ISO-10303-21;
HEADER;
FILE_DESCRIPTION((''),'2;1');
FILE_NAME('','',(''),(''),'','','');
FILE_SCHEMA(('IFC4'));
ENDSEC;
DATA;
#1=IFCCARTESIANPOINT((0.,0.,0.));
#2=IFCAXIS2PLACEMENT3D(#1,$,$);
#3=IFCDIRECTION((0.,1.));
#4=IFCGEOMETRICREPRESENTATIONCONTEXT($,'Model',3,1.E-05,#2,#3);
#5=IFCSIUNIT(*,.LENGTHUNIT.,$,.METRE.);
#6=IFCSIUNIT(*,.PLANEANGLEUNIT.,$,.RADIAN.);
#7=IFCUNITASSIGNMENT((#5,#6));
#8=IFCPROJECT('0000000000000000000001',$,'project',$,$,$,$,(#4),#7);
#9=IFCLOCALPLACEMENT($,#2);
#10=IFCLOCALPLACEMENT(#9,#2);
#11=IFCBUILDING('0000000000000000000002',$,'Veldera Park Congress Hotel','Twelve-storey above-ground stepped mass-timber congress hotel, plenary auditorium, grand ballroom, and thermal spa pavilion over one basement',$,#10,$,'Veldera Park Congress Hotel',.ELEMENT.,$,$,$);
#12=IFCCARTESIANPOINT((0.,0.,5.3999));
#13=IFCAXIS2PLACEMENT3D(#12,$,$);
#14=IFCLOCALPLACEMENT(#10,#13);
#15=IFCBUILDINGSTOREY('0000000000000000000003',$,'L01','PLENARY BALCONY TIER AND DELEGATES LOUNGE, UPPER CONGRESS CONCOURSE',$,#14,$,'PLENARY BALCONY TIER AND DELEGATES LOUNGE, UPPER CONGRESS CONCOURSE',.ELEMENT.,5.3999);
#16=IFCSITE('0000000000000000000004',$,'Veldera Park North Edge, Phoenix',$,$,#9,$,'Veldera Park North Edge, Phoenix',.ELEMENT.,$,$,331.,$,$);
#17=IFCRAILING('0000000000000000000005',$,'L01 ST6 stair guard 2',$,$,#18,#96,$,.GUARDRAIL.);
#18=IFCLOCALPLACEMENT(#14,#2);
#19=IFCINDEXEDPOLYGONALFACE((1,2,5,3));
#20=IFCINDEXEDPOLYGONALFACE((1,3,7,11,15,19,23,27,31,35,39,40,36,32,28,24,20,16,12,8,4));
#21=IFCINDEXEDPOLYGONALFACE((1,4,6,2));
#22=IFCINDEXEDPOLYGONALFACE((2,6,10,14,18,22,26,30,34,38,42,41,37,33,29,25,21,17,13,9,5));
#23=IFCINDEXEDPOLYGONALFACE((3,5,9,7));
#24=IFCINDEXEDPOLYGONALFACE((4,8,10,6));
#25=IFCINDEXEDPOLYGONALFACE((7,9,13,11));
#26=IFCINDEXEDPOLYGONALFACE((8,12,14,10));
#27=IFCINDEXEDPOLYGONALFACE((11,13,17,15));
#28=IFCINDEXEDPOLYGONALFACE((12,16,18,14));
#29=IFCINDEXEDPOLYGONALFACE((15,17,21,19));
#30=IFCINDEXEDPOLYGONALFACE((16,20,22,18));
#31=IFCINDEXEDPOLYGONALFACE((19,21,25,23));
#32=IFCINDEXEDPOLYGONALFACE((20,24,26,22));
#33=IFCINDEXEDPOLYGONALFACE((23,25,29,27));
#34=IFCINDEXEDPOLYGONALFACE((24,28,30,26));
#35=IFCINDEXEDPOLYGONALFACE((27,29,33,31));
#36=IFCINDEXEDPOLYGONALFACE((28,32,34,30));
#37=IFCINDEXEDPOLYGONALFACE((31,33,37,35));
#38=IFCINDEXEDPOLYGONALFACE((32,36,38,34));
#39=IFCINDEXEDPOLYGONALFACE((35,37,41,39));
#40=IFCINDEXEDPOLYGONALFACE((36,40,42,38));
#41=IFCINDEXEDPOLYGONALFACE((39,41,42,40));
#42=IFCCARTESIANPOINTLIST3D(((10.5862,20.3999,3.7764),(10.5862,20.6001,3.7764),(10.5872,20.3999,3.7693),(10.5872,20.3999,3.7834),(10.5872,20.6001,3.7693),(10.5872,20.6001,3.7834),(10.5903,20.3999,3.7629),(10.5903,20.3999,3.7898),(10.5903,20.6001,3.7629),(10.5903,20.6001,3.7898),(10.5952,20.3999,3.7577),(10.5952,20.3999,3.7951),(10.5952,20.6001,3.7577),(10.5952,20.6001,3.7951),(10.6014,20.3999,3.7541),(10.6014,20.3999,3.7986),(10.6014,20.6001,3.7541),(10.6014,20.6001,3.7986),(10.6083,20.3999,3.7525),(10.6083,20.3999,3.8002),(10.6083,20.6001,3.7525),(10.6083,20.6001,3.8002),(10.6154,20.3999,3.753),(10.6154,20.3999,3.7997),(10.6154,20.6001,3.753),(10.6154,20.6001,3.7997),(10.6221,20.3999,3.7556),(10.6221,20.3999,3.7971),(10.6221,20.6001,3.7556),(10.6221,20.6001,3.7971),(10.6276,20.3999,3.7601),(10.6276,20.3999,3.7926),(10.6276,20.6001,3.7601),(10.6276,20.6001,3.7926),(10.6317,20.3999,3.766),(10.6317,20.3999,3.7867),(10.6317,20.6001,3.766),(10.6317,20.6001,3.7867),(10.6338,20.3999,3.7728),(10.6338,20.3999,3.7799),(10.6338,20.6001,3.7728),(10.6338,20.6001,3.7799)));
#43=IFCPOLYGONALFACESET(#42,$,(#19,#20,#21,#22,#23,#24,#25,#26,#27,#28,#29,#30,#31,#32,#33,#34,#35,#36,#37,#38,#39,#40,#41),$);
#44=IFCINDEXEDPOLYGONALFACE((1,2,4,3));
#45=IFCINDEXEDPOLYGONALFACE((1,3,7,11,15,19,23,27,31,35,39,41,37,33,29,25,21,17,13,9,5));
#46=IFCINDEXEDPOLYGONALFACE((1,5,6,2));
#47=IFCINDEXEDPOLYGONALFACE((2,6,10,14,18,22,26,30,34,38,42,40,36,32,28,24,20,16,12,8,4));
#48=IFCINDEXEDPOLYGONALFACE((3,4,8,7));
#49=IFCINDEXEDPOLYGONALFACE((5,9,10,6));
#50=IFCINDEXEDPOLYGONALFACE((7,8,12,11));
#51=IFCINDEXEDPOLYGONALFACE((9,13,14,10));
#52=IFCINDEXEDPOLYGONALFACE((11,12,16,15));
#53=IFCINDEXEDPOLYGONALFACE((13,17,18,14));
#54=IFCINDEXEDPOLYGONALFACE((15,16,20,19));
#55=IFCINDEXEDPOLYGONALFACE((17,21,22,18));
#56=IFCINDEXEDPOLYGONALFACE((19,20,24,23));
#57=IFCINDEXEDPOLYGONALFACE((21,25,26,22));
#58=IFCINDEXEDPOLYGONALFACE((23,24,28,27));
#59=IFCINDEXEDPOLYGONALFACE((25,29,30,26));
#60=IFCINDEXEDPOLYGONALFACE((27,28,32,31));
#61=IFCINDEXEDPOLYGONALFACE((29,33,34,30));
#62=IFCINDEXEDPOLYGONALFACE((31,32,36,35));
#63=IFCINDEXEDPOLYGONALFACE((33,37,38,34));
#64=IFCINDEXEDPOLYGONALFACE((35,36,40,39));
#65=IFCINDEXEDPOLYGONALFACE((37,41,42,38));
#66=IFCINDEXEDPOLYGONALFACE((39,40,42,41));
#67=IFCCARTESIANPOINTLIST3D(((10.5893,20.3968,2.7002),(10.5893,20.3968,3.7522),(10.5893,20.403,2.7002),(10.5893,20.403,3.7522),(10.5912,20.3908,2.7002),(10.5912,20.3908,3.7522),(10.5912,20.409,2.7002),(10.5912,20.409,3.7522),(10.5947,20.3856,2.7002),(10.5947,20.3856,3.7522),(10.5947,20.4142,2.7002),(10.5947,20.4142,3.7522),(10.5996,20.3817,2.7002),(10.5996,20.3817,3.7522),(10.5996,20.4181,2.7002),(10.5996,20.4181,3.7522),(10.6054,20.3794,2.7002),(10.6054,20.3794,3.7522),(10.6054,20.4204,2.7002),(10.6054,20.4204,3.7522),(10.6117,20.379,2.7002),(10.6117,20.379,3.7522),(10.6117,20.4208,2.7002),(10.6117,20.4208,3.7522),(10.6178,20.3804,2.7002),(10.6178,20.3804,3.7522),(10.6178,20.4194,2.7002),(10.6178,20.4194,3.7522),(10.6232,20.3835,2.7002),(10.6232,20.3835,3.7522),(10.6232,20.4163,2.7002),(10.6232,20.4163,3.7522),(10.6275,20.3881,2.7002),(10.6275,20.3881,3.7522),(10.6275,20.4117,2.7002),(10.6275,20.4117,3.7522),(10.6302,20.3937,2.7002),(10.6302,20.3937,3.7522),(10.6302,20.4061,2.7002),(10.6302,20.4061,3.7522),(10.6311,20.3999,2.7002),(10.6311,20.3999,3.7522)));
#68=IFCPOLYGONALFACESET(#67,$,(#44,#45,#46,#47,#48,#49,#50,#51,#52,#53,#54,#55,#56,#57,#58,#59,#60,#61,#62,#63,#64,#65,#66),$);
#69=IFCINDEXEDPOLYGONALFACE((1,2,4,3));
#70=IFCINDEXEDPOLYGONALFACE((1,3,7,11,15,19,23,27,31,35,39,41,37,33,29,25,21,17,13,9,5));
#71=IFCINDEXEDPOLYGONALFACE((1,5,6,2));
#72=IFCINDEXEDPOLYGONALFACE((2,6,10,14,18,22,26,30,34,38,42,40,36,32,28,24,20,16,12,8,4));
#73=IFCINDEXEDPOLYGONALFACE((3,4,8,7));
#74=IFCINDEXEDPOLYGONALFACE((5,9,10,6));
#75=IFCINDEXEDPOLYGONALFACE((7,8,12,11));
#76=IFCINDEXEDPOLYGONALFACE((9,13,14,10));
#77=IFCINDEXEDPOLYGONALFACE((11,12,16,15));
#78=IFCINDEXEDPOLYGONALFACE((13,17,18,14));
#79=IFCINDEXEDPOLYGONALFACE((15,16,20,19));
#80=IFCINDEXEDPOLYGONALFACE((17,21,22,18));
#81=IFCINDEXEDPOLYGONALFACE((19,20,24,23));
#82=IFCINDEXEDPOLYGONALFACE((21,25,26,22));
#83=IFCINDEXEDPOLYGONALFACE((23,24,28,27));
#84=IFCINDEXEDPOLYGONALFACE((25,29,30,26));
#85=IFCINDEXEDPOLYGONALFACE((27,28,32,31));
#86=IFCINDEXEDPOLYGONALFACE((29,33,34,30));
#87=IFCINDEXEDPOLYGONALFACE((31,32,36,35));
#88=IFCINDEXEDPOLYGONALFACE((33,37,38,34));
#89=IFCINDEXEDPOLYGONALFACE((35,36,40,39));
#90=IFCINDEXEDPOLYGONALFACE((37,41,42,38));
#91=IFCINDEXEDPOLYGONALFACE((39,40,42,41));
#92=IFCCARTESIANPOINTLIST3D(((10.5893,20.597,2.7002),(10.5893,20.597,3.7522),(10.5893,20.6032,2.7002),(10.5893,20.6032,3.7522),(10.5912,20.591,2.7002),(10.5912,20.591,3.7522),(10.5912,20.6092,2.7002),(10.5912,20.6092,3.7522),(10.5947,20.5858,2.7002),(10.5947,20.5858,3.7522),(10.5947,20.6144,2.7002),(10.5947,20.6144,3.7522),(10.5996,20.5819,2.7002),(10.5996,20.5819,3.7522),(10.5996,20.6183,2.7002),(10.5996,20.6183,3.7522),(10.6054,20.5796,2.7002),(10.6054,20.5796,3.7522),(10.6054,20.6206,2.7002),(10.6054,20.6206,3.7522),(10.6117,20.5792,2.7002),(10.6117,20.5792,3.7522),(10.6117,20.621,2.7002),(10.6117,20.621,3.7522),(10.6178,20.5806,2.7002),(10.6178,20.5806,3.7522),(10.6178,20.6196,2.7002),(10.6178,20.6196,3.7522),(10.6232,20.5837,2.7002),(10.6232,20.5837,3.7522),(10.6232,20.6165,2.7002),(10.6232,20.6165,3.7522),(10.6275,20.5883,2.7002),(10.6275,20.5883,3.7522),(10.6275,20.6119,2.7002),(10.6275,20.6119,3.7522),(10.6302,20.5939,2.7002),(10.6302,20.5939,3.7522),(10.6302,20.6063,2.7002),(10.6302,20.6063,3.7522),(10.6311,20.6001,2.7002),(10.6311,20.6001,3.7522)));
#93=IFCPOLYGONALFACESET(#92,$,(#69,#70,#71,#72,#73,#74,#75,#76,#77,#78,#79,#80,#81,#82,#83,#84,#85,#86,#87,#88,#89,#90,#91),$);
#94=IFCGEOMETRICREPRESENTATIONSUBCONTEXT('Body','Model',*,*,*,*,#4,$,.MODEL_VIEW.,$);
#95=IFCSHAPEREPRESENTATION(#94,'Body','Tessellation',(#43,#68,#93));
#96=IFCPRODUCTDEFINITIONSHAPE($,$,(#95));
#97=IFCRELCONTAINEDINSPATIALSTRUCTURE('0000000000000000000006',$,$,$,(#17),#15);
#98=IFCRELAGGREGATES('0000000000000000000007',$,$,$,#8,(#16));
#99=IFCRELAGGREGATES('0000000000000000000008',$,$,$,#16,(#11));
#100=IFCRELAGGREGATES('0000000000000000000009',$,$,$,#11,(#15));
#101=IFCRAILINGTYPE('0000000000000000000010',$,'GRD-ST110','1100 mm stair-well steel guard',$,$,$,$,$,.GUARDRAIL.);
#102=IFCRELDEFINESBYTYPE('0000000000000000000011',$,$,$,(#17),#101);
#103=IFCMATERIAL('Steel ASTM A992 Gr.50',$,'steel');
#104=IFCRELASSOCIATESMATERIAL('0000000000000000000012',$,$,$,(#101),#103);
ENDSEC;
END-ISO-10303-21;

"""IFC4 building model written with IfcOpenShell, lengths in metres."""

from ifc_helpers import new_model, si_unit, direction, frame, origin, origin_2d, place, context, subcontext, project, spatial, circle, extrude, material, type_object, element, save


model = new_model("IFC4")

# Units and contexts
model_context = context("Model", 3, precision=1e-05, world=origin(), true_north=direction((0.0, 1.0)))
body_context = subcontext(model_context, "Body", "Model", "MODEL_VIEW")
ifc_project = project(units=[si_unit("LENGTHUNIT", "METRE"), si_unit("PLANEANGLEUNIT", "RADIAN")], contexts=[model_context])

# Site, building, storey
site_placement = place(None, origin())
site = spatial("IfcSite", under=ifc_project, at=site_placement, Name="Veldera Park North Edge, Phoenix", LongName="Veldera Park North Edge, Phoenix", CompositionType="ELEMENT", RefElevation=331.0)
building_placement = place(site_placement, origin())
building = spatial("IfcBuilding", under=site, at=building_placement, Name="Veldera Park Congress Hotel", Description="Twelve-storey above-ground stepped mass-timber congress hotel, plenary auditorium, grand ballroom, and thermal spa pavilion over one basement", LongName="Veldera Park Congress Hotel", CompositionType="ELEMENT")
storey_placement = place(building_placement, frame((0.0, 0.0, 5.3999)))
storey = spatial("IfcBuildingStorey", under=building, at=storey_placement, Name="L01", Description="PLENARY BALCONY TIER AND DELEGATES LOUNGE, UPPER CONGRESS CONCOURSE", LongName="PLENARY BALCONY TIER AND DELEGATES LOUNGE, UPPER CONGRESS CONCOURSE", CompositionType="ELEMENT", Elevation=5.3999)

# Shared definitions
ifc_material_1 = material(Name="Steel ASTM A992 Gr.50", Category="steel")

# Railing
railing_type_1 = type_object("IfcRailingType", Name="GRD-ST110", Description="1100 mm stair-well steel guard", PredefinedType="GUARDRAIL", material=ifc_material_1)
railing_1_placement = place(storey_placement, frame((10.6101, 20.3999, 2.7002)))
element("IfcRailing", 1, at=railing_1_placement, inside=storey, type_object=railing_type_1, Name="L01 ST6 stair guard 2", PredefinedType="GUARDRAIL", context=body_context, shape_type="SweptSolid", body=[
    extrude(circle(Radius=0.0239, at=origin_2d()), frame((0.0, 0.0, 1.0762), z_axis=(0.0, 1.0, 0.0), x_axis=(-1.0, 0.0, 0.0)), (0.0, 0.0, 1.0), 0.2002),
    extrude(circle(Radius=0.021, at=origin_2d()), origin(), (0.0, 0.0, 1.0), 1.052),
    extrude(circle(Radius=0.021, at=origin_2d()), frame((0.0, 0.2002, 0.0)), (0.0, 0.0, 1.0), 1.052),
])

save(model, "model.ifc")
